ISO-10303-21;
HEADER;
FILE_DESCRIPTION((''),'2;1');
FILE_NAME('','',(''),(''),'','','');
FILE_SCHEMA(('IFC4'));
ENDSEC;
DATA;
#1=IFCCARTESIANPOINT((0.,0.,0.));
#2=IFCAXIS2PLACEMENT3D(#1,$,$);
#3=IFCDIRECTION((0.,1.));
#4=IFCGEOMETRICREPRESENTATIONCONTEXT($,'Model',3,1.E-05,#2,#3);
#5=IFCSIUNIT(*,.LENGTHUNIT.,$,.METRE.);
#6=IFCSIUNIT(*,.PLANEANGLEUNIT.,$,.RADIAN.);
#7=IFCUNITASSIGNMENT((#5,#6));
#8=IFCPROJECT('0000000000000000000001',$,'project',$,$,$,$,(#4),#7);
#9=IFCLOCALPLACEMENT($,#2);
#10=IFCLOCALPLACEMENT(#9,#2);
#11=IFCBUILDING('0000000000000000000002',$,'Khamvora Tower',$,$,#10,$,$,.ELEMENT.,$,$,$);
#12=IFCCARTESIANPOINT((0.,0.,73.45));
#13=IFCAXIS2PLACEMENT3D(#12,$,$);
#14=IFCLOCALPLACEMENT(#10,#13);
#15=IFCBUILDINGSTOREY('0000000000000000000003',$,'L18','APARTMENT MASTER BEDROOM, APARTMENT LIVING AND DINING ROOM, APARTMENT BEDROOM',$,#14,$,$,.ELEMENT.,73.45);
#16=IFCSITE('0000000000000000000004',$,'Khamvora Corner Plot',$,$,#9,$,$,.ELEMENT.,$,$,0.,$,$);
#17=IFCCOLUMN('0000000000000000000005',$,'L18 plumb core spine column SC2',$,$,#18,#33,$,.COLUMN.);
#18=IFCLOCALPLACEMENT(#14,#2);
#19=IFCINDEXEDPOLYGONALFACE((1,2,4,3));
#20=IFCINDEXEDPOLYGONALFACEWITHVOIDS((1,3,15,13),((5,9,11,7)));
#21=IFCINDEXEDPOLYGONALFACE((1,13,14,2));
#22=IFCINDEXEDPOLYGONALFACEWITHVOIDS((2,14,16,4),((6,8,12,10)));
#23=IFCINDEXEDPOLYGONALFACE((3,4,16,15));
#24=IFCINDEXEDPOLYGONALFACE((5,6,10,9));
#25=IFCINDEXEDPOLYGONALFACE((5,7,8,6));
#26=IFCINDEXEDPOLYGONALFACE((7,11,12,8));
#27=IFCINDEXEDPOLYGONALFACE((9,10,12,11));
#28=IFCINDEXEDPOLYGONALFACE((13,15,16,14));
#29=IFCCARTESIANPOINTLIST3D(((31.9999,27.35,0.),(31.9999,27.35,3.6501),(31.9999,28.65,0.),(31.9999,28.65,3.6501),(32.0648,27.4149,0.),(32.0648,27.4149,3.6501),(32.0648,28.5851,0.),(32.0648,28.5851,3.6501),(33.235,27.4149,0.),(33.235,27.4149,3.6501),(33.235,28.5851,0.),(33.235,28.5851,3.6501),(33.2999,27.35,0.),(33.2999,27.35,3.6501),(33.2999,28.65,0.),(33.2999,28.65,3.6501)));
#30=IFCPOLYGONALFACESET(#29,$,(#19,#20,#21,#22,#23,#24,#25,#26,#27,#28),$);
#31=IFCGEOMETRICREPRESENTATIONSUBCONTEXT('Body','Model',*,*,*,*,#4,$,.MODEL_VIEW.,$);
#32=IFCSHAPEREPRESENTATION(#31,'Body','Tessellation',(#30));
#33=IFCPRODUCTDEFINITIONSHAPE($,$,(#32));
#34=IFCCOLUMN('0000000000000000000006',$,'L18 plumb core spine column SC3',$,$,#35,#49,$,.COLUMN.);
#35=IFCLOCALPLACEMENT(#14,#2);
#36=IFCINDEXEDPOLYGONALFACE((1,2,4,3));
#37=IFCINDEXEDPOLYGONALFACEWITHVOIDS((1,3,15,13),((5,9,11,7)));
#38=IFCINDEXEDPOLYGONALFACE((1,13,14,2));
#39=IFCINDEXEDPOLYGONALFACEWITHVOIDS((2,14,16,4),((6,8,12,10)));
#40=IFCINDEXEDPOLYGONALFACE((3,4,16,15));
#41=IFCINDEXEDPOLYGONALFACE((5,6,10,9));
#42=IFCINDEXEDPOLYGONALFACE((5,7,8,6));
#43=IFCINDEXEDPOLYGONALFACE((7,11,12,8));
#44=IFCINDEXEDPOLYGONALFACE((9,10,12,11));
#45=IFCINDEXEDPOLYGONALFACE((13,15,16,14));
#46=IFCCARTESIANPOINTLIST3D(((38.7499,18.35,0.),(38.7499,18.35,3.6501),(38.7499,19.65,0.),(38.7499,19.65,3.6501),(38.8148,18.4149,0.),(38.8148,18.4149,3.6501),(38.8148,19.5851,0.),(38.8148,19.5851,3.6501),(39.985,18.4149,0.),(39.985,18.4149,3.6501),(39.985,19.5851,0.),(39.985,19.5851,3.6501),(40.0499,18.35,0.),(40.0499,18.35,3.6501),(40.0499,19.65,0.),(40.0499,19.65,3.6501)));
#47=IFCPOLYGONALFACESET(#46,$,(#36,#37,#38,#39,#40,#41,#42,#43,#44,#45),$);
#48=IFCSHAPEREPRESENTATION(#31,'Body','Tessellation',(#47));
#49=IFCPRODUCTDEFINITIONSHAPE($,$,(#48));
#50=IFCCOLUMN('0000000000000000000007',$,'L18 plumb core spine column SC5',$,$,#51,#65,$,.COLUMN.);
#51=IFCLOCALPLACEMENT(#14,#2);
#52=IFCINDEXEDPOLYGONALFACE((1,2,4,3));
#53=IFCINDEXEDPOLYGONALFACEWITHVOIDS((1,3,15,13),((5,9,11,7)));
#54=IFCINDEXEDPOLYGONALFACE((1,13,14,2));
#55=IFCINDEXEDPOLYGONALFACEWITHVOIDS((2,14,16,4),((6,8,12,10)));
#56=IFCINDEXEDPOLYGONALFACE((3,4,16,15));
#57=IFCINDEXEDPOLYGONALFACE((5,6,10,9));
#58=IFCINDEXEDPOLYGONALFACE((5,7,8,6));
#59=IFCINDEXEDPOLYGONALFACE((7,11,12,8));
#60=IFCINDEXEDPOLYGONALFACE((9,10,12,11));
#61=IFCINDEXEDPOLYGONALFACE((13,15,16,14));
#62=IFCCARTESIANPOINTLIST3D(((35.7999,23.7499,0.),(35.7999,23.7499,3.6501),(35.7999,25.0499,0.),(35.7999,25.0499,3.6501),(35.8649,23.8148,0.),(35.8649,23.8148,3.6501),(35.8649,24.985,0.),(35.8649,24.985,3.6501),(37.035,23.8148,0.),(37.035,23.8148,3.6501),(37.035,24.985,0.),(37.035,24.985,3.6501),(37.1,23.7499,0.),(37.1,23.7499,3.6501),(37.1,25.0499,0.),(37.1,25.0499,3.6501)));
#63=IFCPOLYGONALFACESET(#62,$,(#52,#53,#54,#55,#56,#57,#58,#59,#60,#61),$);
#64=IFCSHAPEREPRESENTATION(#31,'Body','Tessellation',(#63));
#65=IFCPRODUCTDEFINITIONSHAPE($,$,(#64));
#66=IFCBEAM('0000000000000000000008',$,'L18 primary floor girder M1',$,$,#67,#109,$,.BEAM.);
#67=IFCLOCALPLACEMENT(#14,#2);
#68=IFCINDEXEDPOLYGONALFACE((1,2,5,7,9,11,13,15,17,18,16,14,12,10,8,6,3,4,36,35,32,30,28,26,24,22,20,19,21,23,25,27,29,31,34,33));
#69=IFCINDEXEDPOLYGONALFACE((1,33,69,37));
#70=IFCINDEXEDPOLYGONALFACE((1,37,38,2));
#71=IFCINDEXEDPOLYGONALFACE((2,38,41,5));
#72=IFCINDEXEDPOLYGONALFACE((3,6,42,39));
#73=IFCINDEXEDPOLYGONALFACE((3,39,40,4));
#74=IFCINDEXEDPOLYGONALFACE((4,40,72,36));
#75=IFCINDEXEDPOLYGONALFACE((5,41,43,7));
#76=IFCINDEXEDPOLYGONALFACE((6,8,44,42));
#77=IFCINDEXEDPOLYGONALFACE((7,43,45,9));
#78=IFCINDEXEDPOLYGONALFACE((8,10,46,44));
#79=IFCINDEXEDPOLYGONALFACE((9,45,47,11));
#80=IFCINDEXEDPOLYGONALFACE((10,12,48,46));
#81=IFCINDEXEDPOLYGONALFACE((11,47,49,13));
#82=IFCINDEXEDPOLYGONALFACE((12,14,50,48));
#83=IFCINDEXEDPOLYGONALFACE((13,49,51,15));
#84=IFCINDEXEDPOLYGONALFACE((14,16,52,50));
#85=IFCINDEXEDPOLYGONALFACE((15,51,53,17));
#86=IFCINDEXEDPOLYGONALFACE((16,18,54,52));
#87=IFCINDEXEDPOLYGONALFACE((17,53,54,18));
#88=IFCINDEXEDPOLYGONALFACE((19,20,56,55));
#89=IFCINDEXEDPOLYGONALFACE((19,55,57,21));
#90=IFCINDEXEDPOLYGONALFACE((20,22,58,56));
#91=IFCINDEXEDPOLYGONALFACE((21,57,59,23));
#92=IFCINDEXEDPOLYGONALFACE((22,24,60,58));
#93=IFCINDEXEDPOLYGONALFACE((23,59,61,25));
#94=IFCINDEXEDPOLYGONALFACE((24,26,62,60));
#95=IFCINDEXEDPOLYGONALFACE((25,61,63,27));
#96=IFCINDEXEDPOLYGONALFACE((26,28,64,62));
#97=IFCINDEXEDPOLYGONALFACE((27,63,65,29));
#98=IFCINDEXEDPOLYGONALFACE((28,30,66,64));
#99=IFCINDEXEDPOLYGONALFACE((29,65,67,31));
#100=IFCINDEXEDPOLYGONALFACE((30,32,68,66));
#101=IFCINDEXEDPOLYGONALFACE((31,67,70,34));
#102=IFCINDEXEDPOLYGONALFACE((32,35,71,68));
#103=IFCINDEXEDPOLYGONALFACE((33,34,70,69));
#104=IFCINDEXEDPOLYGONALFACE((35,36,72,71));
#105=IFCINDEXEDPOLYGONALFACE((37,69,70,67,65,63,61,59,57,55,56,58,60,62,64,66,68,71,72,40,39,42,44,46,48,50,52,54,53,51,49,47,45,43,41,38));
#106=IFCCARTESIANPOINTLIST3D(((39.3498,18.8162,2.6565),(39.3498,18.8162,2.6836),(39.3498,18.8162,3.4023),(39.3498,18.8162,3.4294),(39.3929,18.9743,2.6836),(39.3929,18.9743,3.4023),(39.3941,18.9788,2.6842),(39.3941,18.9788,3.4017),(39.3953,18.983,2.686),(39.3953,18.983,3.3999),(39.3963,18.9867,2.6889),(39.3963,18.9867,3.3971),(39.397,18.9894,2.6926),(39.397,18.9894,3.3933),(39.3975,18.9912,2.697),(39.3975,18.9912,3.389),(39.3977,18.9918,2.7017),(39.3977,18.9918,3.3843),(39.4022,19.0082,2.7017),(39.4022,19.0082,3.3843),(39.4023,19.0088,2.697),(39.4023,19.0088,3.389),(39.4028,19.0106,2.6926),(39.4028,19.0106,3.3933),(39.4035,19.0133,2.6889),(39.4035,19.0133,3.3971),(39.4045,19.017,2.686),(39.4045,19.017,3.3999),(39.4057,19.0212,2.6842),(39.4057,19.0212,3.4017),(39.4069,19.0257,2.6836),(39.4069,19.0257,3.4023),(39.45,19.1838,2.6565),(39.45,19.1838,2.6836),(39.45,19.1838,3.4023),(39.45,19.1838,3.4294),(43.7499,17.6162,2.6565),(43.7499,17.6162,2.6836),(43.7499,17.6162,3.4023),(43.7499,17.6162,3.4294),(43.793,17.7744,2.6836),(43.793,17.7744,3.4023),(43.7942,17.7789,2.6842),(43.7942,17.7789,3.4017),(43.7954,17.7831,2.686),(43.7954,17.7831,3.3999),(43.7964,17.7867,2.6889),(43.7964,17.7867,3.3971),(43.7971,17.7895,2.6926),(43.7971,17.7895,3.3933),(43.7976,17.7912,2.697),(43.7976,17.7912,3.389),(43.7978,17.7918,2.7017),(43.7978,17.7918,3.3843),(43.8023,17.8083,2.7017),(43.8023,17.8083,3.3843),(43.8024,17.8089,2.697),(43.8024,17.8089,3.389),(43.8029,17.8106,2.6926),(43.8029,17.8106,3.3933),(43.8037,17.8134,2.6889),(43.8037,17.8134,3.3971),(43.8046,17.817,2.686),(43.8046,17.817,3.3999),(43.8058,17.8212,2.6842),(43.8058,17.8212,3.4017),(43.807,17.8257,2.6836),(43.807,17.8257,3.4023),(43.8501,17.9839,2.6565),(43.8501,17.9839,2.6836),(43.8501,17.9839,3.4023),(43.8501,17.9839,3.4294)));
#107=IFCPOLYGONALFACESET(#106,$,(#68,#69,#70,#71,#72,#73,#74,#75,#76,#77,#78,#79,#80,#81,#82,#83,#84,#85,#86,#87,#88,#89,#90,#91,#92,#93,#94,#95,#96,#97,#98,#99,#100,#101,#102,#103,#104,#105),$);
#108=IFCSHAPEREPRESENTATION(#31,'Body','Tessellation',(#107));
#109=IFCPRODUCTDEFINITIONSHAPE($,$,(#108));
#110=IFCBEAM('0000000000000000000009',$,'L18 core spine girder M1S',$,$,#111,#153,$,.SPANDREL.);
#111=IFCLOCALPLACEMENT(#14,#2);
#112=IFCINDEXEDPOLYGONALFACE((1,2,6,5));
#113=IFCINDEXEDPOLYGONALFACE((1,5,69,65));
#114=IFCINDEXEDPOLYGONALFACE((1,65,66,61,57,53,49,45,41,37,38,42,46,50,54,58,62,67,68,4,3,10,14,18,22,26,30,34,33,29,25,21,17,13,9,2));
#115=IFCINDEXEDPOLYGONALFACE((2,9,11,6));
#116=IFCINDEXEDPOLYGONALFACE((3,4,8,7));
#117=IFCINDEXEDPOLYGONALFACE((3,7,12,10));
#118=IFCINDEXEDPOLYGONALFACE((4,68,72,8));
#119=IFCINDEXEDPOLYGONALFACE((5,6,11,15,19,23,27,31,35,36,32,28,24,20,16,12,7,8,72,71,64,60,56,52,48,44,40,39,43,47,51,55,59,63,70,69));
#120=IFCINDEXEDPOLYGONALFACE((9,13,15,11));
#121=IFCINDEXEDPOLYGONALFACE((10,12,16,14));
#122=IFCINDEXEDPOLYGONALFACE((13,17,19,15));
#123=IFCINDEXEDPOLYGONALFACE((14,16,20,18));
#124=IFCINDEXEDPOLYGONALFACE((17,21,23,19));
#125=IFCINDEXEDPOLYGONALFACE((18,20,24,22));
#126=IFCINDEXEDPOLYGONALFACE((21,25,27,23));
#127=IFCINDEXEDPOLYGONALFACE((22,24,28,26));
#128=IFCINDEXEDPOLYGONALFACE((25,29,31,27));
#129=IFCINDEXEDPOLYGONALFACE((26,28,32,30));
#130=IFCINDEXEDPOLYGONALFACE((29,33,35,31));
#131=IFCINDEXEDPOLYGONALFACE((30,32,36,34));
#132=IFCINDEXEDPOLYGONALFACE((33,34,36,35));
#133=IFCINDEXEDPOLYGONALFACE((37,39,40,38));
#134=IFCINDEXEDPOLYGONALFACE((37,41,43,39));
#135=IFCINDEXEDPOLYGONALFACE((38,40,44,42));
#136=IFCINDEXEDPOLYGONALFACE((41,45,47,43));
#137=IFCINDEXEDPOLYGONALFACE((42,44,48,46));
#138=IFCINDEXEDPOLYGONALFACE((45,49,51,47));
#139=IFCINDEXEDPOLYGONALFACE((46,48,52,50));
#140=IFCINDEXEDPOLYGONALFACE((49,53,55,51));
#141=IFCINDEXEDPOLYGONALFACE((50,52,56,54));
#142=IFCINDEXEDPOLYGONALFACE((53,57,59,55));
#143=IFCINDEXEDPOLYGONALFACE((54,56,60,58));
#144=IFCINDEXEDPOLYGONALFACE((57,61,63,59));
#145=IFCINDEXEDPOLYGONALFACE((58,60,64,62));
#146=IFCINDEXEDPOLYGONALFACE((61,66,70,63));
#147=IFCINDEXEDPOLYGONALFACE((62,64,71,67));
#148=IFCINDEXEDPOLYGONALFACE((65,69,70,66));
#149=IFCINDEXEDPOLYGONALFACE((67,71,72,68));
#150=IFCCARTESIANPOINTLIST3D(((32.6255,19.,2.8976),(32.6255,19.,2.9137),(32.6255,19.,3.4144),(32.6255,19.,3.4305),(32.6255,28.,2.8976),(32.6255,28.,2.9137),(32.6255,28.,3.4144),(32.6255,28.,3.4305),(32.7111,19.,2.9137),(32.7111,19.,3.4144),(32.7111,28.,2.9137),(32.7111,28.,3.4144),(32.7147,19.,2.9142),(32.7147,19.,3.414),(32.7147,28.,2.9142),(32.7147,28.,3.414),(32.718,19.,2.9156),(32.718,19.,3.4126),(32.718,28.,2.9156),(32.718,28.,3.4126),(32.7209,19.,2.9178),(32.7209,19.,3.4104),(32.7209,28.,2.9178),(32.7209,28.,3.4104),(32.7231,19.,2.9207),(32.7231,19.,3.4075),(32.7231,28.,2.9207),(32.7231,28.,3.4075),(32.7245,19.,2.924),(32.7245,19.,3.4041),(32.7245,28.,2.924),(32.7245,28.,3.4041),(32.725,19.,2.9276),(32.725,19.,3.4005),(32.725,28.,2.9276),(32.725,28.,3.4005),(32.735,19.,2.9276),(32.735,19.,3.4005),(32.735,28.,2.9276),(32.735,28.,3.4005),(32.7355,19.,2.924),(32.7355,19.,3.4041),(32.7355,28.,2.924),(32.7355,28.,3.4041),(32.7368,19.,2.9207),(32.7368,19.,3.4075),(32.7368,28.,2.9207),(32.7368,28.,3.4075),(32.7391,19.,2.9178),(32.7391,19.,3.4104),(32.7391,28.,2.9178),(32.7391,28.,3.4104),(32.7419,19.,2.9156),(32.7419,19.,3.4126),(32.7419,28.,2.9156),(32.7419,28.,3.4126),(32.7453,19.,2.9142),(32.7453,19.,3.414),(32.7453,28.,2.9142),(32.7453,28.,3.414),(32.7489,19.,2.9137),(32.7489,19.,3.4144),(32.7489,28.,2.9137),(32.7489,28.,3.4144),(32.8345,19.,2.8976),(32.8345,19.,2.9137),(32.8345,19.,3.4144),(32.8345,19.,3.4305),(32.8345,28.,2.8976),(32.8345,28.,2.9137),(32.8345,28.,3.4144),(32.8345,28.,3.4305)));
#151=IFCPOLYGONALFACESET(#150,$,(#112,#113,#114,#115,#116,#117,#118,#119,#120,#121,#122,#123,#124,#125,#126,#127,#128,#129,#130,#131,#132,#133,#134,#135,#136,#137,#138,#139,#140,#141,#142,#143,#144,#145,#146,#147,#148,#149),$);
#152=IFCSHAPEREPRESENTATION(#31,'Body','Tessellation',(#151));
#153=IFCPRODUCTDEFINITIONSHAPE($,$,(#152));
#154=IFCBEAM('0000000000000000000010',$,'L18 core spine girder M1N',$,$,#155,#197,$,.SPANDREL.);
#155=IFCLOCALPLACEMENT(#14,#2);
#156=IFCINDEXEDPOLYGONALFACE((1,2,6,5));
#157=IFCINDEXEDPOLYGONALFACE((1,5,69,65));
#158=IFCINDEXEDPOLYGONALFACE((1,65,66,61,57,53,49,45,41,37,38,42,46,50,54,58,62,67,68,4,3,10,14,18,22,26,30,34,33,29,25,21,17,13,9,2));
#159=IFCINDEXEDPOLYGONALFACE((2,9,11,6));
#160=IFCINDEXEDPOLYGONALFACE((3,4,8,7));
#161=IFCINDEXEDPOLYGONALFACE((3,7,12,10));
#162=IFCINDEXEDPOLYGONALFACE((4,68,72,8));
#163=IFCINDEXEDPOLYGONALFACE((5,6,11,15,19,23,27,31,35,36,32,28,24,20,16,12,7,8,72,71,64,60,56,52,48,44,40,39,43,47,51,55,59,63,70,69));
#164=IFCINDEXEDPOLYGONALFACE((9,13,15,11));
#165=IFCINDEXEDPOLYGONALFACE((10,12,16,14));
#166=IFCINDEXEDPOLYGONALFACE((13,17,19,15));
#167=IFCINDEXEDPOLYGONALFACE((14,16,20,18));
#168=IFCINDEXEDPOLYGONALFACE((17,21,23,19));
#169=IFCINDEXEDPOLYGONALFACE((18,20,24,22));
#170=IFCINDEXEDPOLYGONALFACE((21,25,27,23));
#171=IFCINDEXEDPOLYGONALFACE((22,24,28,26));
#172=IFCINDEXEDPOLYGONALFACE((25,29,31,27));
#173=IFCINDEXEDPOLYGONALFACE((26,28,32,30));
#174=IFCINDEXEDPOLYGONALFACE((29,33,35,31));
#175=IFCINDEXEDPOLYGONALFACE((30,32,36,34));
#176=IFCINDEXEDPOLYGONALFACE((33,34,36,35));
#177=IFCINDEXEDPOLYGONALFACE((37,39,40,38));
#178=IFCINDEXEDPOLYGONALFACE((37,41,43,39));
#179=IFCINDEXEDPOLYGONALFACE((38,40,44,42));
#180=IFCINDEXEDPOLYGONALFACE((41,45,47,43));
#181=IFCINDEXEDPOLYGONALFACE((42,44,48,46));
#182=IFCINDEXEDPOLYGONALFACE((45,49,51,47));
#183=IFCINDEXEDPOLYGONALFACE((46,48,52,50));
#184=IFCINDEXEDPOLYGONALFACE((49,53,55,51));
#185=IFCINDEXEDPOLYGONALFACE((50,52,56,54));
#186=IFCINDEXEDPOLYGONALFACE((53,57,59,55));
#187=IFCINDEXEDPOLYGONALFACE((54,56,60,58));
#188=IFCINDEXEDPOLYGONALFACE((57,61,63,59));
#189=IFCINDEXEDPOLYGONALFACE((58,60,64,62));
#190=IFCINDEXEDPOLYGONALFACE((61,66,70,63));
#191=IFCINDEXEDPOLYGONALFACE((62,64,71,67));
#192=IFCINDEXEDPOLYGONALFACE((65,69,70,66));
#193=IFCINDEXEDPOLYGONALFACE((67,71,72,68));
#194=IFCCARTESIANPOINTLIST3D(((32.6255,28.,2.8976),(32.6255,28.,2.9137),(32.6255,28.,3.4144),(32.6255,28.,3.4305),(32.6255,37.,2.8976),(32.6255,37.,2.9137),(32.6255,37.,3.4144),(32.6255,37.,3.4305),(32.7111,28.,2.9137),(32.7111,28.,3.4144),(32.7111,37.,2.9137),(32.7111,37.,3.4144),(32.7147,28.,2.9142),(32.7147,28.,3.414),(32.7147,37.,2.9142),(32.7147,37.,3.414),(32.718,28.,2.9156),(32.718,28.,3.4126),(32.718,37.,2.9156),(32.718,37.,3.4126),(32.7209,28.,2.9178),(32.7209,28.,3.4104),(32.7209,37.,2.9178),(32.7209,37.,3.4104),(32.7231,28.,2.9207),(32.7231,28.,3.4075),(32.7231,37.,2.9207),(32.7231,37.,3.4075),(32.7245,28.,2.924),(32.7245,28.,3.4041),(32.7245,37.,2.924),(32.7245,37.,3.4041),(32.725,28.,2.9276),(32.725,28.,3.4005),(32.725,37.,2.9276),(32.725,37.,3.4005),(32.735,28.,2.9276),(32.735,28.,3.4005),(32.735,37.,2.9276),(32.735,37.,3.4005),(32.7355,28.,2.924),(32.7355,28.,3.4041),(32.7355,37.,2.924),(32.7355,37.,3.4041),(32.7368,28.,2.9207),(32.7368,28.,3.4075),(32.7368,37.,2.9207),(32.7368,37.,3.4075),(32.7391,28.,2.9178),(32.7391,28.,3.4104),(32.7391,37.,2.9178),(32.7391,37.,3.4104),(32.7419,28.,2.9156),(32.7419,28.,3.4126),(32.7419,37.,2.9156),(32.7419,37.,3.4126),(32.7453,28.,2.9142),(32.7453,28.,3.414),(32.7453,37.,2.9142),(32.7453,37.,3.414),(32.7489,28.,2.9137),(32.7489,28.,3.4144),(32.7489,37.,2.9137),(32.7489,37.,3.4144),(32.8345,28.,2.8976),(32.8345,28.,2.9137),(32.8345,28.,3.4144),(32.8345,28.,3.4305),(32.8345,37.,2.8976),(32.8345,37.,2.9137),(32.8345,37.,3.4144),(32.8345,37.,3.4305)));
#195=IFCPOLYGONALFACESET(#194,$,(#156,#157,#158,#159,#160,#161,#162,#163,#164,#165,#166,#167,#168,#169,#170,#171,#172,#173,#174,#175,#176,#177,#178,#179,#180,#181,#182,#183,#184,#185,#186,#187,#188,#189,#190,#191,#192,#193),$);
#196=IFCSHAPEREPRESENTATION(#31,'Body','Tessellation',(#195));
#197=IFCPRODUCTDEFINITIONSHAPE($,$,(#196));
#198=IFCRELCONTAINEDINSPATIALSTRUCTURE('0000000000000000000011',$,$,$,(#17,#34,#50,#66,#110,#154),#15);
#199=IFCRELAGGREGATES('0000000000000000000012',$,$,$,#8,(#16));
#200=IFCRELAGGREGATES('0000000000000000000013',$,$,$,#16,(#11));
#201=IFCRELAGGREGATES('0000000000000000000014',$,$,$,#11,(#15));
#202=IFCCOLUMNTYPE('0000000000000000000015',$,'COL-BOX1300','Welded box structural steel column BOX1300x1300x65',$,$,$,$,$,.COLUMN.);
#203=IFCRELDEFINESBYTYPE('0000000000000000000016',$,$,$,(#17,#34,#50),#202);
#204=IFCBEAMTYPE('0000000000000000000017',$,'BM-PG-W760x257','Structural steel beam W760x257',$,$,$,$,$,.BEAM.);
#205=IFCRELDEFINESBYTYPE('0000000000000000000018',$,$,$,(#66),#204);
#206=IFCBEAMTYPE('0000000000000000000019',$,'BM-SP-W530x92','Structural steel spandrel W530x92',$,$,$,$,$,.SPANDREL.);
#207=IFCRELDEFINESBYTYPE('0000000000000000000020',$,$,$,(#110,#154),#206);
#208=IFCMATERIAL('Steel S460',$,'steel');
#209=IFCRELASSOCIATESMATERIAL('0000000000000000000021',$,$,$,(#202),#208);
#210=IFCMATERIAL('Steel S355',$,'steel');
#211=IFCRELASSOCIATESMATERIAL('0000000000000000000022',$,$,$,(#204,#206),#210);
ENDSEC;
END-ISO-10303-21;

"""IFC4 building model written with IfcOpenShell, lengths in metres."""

from ifc_helpers import new_model, si_unit, direction, frame, origin, origin_2d, place, context, subcontext, project, spatial, hollow_rectangle, i_section, extrude, material, material_profile, profile_set, type_object, element, save


model = new_model("IFC4")

# Units and contexts
model_context = context("Model", 3, precision=1e-05, world=origin(), true_north=direction((0.0, 1.0)))
body_context = subcontext(model_context, "Body", "Model", "MODEL_VIEW")
ifc_project = project(units=[si_unit("LENGTHUNIT", "METRE"), si_unit("PLANEANGLEUNIT", "RADIAN")], contexts=[model_context])

# Site, building, storey
site_placement = place(None, origin())
site = spatial("IfcSite", under=ifc_project, at=site_placement, Name="Khamvora Corner Plot", CompositionType="ELEMENT", RefElevation=0.0)
building_placement = place(site_placement, origin())
building = spatial("IfcBuilding", under=site, at=building_placement, Name="Khamvora Tower", CompositionType="ELEMENT")
storey_placement = place(building_placement, frame((0.0, 0.0, 73.45)))
storey = spatial("IfcBuildingStorey", under=building, at=storey_placement, Name="L18", Description="APARTMENT MASTER BEDROOM, APARTMENT LIVING AND DINING ROOM, APARTMENT BEDROOM", CompositionType="ELEMENT", Elevation=73.45)

# Columns
ifc_material_1 = material(Name="Steel S460", Category="steel")
ifc_material_profile_1 = material_profile(ifc_material_1, hollow_rectangle(XDim=1.3, YDim=1.3, WallThickness=0.0649, at=origin_2d()), Name="BOX1300x1300x65")
ifc_profile_set_1 = profile_set([ifc_material_profile_1], Name="Steel S460")
column_type = type_object("IfcColumnType", Name="COL-BOX1300", Description="Welded box structural steel column BOX1300x1300x65", PredefinedType="COLUMN", material=ifc_profile_set_1)
for number, where, z_axis, x_axis, name in (
    (1, (32.6499, 28.0, 0.0), (0.0, 0.0, 1.0), (1.0, 0.0, 0.0), "L18 plumb core spine column SC2"),
    (2, (39.3999, 19.0, 0.0), (0.0, 0.0, 1.0), (1.0, 0.0, 0.0), "L18 plumb core spine column SC3"),
    (3, (36.45, 24.3999, 0.0), (0.0, 0.0, 1.0), (1.0, 0.0, 0.0), "L18 plumb core spine column SC5"),
):
    element("IfcColumn", number, at=place(storey_placement, frame(where, z_axis=z_axis, x_axis=x_axis)), inside=storey, type_object=column_type, Name=name, PredefinedType="COLUMN", context=body_context, shape_type="SweptSolid", body=[
        extrude(hollow_rectangle(XDim=1.3, YDim=1.3, WallThickness=0.0649, at=origin_2d()), origin(), (0.0, 0.0, 1.0), 3.6501),
    ])

# Beams
ifc_material_2 = material(Name="Steel S355", Category="steel")
ifc_material_profile_2 = material_profile(ifc_material_2, i_section(OverallWidth=0.3811, OverallDepth=0.7729, WebThickness=0.0171, FlangeThickness=0.0271, FilletRadius=0.0181, at=origin_2d()), Name="W760x257")
ifc_profile_set_2 = profile_set([ifc_material_profile_2], Name="Steel S355")
beam_type_1 = type_object("IfcBeamType", Name="BM-PG-W760x257", Description="Structural steel beam W760x257", PredefinedType="BEAM", material=ifc_profile_set_2)
beam_1_placement = place(storey_placement, frame((39.3999, 19.0, 3.043), z_axis=(0.964769, -0.263099, 0.0), x_axis=(0.263099, 0.964769, 0.0)))
element("IfcBeam", 4, at=beam_1_placement, inside=storey, type_object=beam_type_1, Name="L18 primary floor girder M1", PredefinedType="BEAM", context=body_context, shape_type="SweptSolid", body=[
    extrude(i_section(OverallWidth=0.3811, OverallDepth=0.7729, WebThickness=0.0171, FlangeThickness=0.0271, FilletRadius=0.0181, at=origin_2d()), origin(), (0.0, 0.0, 1.0), 4.5608),
])
ifc_material_profile_3 = material_profile(ifc_material_2, i_section(OverallWidth=0.209, OverallDepth=0.533, WebThickness=0.01, FlangeThickness=0.0161, FilletRadius=0.0139, at=origin_2d()), Name="W530x92")
ifc_profile_set_3 = profile_set([ifc_material_profile_3], Name="Steel S355")
beam_type_2 = type_object("IfcBeamType", Name="BM-SP-W530x92", Description="Structural steel spandrel W530x92", PredefinedType="SPANDREL", material=ifc_profile_set_3)
for number, where, z_axis, x_axis, name in (
    (5, (32.73, 19.0, 3.1641), (0.0, 1.0, 0.0), (-1.0, 0.0, 0.0), "L18 core spine girder M1S"),
    (6, (32.73, 28.0, 3.1641), (0.0, 1.0, 0.0), (-1.0, 0.0, 0.0), "L18 core spine girder M1N"),
):
    element("IfcBeam", number, at=place(storey_placement, frame(where, z_axis=z_axis, x_axis=x_axis)), inside=storey, type_object=beam_type_2, Name=name, PredefinedType="SPANDREL", context=body_context, shape_type="SweptSolid", body=[
        extrude(i_section(OverallWidth=0.209, OverallDepth=0.533, WebThickness=0.01, FlangeThickness=0.0161, FilletRadius=0.0139, at=origin_2d()), origin(), (0.0, 0.0, 1.0), 9.0),
    ])

save(model, "model.ifc")
